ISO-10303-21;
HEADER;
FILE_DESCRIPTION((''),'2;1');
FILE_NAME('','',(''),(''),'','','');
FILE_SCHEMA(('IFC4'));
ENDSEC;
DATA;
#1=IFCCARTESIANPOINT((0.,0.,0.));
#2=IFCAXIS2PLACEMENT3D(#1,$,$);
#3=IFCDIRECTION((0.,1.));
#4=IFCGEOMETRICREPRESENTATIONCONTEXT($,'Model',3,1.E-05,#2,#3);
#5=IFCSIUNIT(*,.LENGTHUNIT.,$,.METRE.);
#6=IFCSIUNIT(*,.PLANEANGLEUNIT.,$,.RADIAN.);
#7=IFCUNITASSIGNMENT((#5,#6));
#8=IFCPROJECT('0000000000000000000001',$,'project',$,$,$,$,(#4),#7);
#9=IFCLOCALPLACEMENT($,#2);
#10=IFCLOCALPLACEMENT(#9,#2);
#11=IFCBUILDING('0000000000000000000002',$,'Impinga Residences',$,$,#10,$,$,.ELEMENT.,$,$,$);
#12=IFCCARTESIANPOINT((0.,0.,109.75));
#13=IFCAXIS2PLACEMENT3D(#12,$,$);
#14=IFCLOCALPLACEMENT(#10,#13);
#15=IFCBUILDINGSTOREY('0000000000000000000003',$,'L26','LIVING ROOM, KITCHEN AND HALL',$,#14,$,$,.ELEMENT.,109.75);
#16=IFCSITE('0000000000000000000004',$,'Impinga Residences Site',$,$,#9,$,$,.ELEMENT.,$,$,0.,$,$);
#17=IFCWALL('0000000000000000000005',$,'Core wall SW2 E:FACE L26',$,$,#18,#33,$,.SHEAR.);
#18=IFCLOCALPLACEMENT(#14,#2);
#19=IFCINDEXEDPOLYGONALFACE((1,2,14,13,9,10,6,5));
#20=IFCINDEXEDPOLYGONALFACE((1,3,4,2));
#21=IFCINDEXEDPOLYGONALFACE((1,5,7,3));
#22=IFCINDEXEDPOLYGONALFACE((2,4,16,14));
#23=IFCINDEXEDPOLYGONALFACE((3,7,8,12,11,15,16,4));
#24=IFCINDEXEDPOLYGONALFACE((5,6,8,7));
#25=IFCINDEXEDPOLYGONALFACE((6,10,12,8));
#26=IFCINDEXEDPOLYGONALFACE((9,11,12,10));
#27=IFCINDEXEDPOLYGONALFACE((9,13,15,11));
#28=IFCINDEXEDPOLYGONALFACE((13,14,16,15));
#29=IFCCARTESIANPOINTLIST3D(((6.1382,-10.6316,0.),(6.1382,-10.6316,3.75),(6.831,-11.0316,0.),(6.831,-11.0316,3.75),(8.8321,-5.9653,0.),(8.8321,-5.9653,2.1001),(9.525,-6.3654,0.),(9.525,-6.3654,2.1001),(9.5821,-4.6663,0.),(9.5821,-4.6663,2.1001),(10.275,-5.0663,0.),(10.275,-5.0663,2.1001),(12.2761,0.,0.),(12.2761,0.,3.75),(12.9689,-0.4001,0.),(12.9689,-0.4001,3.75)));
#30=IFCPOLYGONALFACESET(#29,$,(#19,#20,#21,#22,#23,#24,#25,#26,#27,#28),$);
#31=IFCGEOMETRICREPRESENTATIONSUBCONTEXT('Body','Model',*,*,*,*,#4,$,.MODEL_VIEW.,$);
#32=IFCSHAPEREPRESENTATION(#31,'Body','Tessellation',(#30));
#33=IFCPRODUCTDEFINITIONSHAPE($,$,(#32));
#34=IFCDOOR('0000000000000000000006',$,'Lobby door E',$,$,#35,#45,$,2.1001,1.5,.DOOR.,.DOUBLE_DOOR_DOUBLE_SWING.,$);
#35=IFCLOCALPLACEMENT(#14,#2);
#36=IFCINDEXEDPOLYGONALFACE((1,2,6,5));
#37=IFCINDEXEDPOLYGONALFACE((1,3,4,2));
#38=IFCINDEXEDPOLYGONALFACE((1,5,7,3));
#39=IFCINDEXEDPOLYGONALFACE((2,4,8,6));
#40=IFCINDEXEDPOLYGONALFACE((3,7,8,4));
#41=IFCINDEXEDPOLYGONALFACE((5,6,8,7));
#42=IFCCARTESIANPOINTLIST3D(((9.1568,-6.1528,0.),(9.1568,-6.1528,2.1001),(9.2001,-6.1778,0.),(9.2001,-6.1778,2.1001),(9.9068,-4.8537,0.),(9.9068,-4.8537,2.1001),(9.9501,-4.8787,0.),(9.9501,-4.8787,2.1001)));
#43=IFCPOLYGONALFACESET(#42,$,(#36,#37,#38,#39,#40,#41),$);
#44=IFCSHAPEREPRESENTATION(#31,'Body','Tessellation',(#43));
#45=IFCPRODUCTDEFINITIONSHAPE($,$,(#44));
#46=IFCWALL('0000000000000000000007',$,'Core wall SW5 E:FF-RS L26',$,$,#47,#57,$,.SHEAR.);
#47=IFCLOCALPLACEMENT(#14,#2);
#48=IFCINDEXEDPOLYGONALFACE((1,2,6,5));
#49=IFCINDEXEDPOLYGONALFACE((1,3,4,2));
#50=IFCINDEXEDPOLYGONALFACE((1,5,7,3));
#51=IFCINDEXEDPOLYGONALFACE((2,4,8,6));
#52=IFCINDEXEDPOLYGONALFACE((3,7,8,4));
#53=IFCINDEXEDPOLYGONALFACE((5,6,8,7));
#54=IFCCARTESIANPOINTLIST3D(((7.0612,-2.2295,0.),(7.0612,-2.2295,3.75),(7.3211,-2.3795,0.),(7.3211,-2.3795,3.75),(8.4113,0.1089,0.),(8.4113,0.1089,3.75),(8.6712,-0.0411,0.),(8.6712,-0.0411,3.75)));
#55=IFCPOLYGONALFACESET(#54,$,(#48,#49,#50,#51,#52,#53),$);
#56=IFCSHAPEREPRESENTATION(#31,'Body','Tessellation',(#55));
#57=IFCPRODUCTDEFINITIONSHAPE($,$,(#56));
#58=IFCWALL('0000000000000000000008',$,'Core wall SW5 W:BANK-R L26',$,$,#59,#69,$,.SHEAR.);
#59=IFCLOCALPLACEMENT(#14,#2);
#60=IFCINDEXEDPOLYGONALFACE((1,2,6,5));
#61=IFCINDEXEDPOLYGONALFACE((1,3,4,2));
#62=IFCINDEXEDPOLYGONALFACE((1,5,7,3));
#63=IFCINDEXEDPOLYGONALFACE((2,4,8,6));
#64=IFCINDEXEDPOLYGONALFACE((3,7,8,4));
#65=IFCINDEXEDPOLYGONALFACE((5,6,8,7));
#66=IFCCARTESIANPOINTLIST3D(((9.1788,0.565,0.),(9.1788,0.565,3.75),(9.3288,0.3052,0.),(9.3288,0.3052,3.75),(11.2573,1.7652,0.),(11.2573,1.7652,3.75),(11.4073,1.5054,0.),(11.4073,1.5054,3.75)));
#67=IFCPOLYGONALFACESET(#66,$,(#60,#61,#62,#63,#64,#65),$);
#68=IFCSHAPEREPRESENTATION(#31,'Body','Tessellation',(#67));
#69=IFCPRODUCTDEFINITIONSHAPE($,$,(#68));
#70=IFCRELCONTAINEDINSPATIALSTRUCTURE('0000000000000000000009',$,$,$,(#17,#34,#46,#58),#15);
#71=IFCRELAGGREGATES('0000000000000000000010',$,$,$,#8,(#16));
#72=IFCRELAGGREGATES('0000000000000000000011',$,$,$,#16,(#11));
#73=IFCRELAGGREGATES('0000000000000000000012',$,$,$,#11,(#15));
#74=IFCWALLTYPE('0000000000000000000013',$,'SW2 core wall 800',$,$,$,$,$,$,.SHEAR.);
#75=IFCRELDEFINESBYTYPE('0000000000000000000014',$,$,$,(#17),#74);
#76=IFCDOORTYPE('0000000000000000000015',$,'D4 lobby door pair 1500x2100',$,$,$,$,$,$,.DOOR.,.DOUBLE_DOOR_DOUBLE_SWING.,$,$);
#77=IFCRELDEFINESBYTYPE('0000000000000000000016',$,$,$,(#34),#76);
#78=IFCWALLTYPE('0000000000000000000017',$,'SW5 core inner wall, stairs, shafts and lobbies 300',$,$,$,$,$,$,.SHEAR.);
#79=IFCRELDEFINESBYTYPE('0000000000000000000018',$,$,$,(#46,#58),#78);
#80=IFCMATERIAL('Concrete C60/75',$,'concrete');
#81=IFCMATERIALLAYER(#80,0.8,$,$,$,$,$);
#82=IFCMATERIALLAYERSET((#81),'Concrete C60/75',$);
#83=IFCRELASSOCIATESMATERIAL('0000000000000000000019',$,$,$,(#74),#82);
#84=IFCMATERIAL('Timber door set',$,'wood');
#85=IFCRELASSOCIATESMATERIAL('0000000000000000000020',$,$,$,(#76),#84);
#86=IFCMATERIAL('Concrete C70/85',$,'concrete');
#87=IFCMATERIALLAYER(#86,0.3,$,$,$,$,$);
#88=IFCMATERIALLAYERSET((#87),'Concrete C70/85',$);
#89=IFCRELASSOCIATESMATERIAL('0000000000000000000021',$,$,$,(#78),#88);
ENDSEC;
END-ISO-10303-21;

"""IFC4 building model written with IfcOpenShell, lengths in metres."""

from ifc_helpers import new_model, si_unit, direction, frame, frame_2d, origin, place, context, subcontext, project, spatial, rectangle, extrude, material, layer, layer_set, type_object, element, fill, save


model = new_model("IFC4")

# Units and contexts
model_context = context("Model", 3, precision=1e-05, world=origin(), true_north=direction((0.0, 1.0)))
body_context = subcontext(model_context, "Body", "Model", "MODEL_VIEW")
ifc_project = project(units=[si_unit("LENGTHUNIT", "METRE"), si_unit("PLANEANGLEUNIT", "RADIAN")], contexts=[model_context])

# Site, building, storey
site_placement = place(None, origin())
site = spatial("IfcSite", under=ifc_project, at=site_placement, Name="Impinga Residences Site", CompositionType="ELEMENT", RefElevation=0.0)
building_placement = place(site_placement, origin())
building = spatial("IfcBuilding", under=site, at=building_placement, Name="Impinga Residences", CompositionType="ELEMENT")
storey_placement = place(building_placement, frame((0.0, 0.0, 109.75)))
storey = spatial("IfcBuildingStorey", under=building, at=storey_placement, Name="L26", Description="LIVING ROOM, KITCHEN AND HALL", CompositionType="ELEMENT", Elevation=109.75)

# Shared definitions
ifc_material_1 = material(Name="Concrete C60/75", Category="concrete")

# Wall, opening, door
ifc_layer_1 = layer(ifc_material_1, 0.8)
ifc_layer_set_1 = layer_set([ifc_layer_1], Name="Concrete C60/75")
wall_type_1 = type_object("IfcWallType", Name="SW2 core wall 800", PredefinedType="SHEAR", material=ifc_layer_set_1)
wall_1_placement = place(storey_placement, frame((12.6226, -0.2, 0.0), z_axis=(0.0, 0.0, 1.0), x_axis=(-0.499987, -0.866033, 0.0)))
wall_1 = element("IfcWall", 1, at=wall_1_placement, inside=storey, type_object=wall_type_1, Name="Core wall SW2 E:FACE L26", PredefinedType="SHEAR", context=body_context, shape_type="SweptSolid", body=[
    extrude(rectangle(XDim=12.2761, YDim=0.8, at=frame_2d((6.1382, 0.0))), origin(), (0.0, 0.0, 1.0), 3.75),
])
opening_1_placement = place(wall_1_placement, frame((5.3882, 0.0, 0.0)))
opening_1 = element("IfcOpeningElement", 2, at=opening_1_placement, cuts=wall_1, PredefinedType="OPENING", context=body_context, shape_type="SweptSolid", body=[
    extrude(rectangle(XDim=1.5, YDim=2.1001, at=frame_2d((0.75, 1.05))), frame((0.0, 0.4099, 0.0), z_axis=(0.0, -1.0, 0.0), x_axis=(1.0, 0.0, 0.0)), (0.0, 0.0, 1.0), 0.8201),
])
ifc_material_2 = material(Name="Timber door set", Category="wood")
door_type = type_object("IfcDoorType", Name="D4 lobby door pair 1500x2100", OperationType="DOUBLE_DOOR_DOUBLE_SWING", PredefinedType="DOOR", material=ifc_material_2)
door_placement = place(opening_1_placement, origin())
door = element("IfcDoor", 3, at=door_placement, inside=storey, type_object=door_type, Name="Lobby door E", OperationType="DOUBLE_DOOR_DOUBLE_SWING", OverallHeight=2.1001, OverallWidth=1.5, PredefinedType="DOOR", context=body_context, shape_type="SweptSolid", body=[
    extrude(rectangle(XDim=1.5, YDim=2.1001, at=frame_2d((0.75, 1.05))), frame((0.0, 0.0249, 0.0), z_axis=(0.0, -1.0, 0.0), x_axis=(1.0, 0.0, 0.0)), (0.0, 0.0, 1.0), 0.05),
])
fill(opening_1, door)

# Walls
ifc_material_3 = material(Name="Concrete C70/85", Category="concrete")
ifc_layer_2 = layer(ifc_material_3, 0.3)
ifc_layer_set_2 = layer_set([ifc_layer_2], Name="Concrete C70/85")
wall_type_2 = type_object("IfcWallType", Name="SW5 core inner wall, stairs, shafts and lobbies 300", PredefinedType="SHEAR", material=ifc_layer_set_2)
wall_2_placement = place(storey_placement, frame((8.5413, 0.0339, 0.0), z_axis=(0.0, 0.0, 1.0), x_axis=(-0.500009, -0.86602, 0.0)))
element("IfcWall", 4, at=wall_2_placement, inside=storey, type_object=wall_type_2, Name="Core wall SW5 E:FF-RS L26", PredefinedType="SHEAR", context=body_context, shape_type="SweptSolid", body=[
    extrude(rectangle(XDim=2.7002, YDim=0.3, at=frame_2d((1.3501, 0.0))), origin(), (0.0, 0.0, 1.0), 3.75),
])
wall_3_placement = place(storey_placement, frame((9.2537, 0.4351, 0.0), z_axis=(0.0, 0.0, 1.0), x_axis=(0.866006, 0.500034, 0.0)))
element("IfcWall", 5, at=wall_3_placement, inside=storey, type_object=wall_type_2, Name="Core wall SW5 W:BANK-R L26", PredefinedType="SHEAR", context=body_context, shape_type="SweptSolid", body=[
    extrude(rectangle(XDim=2.4001, YDim=0.3, at=frame_2d((1.2002, 0.0))), origin(), (0.0, 0.0, 1.0), 3.75),
])

save(model, "model.ifc")
